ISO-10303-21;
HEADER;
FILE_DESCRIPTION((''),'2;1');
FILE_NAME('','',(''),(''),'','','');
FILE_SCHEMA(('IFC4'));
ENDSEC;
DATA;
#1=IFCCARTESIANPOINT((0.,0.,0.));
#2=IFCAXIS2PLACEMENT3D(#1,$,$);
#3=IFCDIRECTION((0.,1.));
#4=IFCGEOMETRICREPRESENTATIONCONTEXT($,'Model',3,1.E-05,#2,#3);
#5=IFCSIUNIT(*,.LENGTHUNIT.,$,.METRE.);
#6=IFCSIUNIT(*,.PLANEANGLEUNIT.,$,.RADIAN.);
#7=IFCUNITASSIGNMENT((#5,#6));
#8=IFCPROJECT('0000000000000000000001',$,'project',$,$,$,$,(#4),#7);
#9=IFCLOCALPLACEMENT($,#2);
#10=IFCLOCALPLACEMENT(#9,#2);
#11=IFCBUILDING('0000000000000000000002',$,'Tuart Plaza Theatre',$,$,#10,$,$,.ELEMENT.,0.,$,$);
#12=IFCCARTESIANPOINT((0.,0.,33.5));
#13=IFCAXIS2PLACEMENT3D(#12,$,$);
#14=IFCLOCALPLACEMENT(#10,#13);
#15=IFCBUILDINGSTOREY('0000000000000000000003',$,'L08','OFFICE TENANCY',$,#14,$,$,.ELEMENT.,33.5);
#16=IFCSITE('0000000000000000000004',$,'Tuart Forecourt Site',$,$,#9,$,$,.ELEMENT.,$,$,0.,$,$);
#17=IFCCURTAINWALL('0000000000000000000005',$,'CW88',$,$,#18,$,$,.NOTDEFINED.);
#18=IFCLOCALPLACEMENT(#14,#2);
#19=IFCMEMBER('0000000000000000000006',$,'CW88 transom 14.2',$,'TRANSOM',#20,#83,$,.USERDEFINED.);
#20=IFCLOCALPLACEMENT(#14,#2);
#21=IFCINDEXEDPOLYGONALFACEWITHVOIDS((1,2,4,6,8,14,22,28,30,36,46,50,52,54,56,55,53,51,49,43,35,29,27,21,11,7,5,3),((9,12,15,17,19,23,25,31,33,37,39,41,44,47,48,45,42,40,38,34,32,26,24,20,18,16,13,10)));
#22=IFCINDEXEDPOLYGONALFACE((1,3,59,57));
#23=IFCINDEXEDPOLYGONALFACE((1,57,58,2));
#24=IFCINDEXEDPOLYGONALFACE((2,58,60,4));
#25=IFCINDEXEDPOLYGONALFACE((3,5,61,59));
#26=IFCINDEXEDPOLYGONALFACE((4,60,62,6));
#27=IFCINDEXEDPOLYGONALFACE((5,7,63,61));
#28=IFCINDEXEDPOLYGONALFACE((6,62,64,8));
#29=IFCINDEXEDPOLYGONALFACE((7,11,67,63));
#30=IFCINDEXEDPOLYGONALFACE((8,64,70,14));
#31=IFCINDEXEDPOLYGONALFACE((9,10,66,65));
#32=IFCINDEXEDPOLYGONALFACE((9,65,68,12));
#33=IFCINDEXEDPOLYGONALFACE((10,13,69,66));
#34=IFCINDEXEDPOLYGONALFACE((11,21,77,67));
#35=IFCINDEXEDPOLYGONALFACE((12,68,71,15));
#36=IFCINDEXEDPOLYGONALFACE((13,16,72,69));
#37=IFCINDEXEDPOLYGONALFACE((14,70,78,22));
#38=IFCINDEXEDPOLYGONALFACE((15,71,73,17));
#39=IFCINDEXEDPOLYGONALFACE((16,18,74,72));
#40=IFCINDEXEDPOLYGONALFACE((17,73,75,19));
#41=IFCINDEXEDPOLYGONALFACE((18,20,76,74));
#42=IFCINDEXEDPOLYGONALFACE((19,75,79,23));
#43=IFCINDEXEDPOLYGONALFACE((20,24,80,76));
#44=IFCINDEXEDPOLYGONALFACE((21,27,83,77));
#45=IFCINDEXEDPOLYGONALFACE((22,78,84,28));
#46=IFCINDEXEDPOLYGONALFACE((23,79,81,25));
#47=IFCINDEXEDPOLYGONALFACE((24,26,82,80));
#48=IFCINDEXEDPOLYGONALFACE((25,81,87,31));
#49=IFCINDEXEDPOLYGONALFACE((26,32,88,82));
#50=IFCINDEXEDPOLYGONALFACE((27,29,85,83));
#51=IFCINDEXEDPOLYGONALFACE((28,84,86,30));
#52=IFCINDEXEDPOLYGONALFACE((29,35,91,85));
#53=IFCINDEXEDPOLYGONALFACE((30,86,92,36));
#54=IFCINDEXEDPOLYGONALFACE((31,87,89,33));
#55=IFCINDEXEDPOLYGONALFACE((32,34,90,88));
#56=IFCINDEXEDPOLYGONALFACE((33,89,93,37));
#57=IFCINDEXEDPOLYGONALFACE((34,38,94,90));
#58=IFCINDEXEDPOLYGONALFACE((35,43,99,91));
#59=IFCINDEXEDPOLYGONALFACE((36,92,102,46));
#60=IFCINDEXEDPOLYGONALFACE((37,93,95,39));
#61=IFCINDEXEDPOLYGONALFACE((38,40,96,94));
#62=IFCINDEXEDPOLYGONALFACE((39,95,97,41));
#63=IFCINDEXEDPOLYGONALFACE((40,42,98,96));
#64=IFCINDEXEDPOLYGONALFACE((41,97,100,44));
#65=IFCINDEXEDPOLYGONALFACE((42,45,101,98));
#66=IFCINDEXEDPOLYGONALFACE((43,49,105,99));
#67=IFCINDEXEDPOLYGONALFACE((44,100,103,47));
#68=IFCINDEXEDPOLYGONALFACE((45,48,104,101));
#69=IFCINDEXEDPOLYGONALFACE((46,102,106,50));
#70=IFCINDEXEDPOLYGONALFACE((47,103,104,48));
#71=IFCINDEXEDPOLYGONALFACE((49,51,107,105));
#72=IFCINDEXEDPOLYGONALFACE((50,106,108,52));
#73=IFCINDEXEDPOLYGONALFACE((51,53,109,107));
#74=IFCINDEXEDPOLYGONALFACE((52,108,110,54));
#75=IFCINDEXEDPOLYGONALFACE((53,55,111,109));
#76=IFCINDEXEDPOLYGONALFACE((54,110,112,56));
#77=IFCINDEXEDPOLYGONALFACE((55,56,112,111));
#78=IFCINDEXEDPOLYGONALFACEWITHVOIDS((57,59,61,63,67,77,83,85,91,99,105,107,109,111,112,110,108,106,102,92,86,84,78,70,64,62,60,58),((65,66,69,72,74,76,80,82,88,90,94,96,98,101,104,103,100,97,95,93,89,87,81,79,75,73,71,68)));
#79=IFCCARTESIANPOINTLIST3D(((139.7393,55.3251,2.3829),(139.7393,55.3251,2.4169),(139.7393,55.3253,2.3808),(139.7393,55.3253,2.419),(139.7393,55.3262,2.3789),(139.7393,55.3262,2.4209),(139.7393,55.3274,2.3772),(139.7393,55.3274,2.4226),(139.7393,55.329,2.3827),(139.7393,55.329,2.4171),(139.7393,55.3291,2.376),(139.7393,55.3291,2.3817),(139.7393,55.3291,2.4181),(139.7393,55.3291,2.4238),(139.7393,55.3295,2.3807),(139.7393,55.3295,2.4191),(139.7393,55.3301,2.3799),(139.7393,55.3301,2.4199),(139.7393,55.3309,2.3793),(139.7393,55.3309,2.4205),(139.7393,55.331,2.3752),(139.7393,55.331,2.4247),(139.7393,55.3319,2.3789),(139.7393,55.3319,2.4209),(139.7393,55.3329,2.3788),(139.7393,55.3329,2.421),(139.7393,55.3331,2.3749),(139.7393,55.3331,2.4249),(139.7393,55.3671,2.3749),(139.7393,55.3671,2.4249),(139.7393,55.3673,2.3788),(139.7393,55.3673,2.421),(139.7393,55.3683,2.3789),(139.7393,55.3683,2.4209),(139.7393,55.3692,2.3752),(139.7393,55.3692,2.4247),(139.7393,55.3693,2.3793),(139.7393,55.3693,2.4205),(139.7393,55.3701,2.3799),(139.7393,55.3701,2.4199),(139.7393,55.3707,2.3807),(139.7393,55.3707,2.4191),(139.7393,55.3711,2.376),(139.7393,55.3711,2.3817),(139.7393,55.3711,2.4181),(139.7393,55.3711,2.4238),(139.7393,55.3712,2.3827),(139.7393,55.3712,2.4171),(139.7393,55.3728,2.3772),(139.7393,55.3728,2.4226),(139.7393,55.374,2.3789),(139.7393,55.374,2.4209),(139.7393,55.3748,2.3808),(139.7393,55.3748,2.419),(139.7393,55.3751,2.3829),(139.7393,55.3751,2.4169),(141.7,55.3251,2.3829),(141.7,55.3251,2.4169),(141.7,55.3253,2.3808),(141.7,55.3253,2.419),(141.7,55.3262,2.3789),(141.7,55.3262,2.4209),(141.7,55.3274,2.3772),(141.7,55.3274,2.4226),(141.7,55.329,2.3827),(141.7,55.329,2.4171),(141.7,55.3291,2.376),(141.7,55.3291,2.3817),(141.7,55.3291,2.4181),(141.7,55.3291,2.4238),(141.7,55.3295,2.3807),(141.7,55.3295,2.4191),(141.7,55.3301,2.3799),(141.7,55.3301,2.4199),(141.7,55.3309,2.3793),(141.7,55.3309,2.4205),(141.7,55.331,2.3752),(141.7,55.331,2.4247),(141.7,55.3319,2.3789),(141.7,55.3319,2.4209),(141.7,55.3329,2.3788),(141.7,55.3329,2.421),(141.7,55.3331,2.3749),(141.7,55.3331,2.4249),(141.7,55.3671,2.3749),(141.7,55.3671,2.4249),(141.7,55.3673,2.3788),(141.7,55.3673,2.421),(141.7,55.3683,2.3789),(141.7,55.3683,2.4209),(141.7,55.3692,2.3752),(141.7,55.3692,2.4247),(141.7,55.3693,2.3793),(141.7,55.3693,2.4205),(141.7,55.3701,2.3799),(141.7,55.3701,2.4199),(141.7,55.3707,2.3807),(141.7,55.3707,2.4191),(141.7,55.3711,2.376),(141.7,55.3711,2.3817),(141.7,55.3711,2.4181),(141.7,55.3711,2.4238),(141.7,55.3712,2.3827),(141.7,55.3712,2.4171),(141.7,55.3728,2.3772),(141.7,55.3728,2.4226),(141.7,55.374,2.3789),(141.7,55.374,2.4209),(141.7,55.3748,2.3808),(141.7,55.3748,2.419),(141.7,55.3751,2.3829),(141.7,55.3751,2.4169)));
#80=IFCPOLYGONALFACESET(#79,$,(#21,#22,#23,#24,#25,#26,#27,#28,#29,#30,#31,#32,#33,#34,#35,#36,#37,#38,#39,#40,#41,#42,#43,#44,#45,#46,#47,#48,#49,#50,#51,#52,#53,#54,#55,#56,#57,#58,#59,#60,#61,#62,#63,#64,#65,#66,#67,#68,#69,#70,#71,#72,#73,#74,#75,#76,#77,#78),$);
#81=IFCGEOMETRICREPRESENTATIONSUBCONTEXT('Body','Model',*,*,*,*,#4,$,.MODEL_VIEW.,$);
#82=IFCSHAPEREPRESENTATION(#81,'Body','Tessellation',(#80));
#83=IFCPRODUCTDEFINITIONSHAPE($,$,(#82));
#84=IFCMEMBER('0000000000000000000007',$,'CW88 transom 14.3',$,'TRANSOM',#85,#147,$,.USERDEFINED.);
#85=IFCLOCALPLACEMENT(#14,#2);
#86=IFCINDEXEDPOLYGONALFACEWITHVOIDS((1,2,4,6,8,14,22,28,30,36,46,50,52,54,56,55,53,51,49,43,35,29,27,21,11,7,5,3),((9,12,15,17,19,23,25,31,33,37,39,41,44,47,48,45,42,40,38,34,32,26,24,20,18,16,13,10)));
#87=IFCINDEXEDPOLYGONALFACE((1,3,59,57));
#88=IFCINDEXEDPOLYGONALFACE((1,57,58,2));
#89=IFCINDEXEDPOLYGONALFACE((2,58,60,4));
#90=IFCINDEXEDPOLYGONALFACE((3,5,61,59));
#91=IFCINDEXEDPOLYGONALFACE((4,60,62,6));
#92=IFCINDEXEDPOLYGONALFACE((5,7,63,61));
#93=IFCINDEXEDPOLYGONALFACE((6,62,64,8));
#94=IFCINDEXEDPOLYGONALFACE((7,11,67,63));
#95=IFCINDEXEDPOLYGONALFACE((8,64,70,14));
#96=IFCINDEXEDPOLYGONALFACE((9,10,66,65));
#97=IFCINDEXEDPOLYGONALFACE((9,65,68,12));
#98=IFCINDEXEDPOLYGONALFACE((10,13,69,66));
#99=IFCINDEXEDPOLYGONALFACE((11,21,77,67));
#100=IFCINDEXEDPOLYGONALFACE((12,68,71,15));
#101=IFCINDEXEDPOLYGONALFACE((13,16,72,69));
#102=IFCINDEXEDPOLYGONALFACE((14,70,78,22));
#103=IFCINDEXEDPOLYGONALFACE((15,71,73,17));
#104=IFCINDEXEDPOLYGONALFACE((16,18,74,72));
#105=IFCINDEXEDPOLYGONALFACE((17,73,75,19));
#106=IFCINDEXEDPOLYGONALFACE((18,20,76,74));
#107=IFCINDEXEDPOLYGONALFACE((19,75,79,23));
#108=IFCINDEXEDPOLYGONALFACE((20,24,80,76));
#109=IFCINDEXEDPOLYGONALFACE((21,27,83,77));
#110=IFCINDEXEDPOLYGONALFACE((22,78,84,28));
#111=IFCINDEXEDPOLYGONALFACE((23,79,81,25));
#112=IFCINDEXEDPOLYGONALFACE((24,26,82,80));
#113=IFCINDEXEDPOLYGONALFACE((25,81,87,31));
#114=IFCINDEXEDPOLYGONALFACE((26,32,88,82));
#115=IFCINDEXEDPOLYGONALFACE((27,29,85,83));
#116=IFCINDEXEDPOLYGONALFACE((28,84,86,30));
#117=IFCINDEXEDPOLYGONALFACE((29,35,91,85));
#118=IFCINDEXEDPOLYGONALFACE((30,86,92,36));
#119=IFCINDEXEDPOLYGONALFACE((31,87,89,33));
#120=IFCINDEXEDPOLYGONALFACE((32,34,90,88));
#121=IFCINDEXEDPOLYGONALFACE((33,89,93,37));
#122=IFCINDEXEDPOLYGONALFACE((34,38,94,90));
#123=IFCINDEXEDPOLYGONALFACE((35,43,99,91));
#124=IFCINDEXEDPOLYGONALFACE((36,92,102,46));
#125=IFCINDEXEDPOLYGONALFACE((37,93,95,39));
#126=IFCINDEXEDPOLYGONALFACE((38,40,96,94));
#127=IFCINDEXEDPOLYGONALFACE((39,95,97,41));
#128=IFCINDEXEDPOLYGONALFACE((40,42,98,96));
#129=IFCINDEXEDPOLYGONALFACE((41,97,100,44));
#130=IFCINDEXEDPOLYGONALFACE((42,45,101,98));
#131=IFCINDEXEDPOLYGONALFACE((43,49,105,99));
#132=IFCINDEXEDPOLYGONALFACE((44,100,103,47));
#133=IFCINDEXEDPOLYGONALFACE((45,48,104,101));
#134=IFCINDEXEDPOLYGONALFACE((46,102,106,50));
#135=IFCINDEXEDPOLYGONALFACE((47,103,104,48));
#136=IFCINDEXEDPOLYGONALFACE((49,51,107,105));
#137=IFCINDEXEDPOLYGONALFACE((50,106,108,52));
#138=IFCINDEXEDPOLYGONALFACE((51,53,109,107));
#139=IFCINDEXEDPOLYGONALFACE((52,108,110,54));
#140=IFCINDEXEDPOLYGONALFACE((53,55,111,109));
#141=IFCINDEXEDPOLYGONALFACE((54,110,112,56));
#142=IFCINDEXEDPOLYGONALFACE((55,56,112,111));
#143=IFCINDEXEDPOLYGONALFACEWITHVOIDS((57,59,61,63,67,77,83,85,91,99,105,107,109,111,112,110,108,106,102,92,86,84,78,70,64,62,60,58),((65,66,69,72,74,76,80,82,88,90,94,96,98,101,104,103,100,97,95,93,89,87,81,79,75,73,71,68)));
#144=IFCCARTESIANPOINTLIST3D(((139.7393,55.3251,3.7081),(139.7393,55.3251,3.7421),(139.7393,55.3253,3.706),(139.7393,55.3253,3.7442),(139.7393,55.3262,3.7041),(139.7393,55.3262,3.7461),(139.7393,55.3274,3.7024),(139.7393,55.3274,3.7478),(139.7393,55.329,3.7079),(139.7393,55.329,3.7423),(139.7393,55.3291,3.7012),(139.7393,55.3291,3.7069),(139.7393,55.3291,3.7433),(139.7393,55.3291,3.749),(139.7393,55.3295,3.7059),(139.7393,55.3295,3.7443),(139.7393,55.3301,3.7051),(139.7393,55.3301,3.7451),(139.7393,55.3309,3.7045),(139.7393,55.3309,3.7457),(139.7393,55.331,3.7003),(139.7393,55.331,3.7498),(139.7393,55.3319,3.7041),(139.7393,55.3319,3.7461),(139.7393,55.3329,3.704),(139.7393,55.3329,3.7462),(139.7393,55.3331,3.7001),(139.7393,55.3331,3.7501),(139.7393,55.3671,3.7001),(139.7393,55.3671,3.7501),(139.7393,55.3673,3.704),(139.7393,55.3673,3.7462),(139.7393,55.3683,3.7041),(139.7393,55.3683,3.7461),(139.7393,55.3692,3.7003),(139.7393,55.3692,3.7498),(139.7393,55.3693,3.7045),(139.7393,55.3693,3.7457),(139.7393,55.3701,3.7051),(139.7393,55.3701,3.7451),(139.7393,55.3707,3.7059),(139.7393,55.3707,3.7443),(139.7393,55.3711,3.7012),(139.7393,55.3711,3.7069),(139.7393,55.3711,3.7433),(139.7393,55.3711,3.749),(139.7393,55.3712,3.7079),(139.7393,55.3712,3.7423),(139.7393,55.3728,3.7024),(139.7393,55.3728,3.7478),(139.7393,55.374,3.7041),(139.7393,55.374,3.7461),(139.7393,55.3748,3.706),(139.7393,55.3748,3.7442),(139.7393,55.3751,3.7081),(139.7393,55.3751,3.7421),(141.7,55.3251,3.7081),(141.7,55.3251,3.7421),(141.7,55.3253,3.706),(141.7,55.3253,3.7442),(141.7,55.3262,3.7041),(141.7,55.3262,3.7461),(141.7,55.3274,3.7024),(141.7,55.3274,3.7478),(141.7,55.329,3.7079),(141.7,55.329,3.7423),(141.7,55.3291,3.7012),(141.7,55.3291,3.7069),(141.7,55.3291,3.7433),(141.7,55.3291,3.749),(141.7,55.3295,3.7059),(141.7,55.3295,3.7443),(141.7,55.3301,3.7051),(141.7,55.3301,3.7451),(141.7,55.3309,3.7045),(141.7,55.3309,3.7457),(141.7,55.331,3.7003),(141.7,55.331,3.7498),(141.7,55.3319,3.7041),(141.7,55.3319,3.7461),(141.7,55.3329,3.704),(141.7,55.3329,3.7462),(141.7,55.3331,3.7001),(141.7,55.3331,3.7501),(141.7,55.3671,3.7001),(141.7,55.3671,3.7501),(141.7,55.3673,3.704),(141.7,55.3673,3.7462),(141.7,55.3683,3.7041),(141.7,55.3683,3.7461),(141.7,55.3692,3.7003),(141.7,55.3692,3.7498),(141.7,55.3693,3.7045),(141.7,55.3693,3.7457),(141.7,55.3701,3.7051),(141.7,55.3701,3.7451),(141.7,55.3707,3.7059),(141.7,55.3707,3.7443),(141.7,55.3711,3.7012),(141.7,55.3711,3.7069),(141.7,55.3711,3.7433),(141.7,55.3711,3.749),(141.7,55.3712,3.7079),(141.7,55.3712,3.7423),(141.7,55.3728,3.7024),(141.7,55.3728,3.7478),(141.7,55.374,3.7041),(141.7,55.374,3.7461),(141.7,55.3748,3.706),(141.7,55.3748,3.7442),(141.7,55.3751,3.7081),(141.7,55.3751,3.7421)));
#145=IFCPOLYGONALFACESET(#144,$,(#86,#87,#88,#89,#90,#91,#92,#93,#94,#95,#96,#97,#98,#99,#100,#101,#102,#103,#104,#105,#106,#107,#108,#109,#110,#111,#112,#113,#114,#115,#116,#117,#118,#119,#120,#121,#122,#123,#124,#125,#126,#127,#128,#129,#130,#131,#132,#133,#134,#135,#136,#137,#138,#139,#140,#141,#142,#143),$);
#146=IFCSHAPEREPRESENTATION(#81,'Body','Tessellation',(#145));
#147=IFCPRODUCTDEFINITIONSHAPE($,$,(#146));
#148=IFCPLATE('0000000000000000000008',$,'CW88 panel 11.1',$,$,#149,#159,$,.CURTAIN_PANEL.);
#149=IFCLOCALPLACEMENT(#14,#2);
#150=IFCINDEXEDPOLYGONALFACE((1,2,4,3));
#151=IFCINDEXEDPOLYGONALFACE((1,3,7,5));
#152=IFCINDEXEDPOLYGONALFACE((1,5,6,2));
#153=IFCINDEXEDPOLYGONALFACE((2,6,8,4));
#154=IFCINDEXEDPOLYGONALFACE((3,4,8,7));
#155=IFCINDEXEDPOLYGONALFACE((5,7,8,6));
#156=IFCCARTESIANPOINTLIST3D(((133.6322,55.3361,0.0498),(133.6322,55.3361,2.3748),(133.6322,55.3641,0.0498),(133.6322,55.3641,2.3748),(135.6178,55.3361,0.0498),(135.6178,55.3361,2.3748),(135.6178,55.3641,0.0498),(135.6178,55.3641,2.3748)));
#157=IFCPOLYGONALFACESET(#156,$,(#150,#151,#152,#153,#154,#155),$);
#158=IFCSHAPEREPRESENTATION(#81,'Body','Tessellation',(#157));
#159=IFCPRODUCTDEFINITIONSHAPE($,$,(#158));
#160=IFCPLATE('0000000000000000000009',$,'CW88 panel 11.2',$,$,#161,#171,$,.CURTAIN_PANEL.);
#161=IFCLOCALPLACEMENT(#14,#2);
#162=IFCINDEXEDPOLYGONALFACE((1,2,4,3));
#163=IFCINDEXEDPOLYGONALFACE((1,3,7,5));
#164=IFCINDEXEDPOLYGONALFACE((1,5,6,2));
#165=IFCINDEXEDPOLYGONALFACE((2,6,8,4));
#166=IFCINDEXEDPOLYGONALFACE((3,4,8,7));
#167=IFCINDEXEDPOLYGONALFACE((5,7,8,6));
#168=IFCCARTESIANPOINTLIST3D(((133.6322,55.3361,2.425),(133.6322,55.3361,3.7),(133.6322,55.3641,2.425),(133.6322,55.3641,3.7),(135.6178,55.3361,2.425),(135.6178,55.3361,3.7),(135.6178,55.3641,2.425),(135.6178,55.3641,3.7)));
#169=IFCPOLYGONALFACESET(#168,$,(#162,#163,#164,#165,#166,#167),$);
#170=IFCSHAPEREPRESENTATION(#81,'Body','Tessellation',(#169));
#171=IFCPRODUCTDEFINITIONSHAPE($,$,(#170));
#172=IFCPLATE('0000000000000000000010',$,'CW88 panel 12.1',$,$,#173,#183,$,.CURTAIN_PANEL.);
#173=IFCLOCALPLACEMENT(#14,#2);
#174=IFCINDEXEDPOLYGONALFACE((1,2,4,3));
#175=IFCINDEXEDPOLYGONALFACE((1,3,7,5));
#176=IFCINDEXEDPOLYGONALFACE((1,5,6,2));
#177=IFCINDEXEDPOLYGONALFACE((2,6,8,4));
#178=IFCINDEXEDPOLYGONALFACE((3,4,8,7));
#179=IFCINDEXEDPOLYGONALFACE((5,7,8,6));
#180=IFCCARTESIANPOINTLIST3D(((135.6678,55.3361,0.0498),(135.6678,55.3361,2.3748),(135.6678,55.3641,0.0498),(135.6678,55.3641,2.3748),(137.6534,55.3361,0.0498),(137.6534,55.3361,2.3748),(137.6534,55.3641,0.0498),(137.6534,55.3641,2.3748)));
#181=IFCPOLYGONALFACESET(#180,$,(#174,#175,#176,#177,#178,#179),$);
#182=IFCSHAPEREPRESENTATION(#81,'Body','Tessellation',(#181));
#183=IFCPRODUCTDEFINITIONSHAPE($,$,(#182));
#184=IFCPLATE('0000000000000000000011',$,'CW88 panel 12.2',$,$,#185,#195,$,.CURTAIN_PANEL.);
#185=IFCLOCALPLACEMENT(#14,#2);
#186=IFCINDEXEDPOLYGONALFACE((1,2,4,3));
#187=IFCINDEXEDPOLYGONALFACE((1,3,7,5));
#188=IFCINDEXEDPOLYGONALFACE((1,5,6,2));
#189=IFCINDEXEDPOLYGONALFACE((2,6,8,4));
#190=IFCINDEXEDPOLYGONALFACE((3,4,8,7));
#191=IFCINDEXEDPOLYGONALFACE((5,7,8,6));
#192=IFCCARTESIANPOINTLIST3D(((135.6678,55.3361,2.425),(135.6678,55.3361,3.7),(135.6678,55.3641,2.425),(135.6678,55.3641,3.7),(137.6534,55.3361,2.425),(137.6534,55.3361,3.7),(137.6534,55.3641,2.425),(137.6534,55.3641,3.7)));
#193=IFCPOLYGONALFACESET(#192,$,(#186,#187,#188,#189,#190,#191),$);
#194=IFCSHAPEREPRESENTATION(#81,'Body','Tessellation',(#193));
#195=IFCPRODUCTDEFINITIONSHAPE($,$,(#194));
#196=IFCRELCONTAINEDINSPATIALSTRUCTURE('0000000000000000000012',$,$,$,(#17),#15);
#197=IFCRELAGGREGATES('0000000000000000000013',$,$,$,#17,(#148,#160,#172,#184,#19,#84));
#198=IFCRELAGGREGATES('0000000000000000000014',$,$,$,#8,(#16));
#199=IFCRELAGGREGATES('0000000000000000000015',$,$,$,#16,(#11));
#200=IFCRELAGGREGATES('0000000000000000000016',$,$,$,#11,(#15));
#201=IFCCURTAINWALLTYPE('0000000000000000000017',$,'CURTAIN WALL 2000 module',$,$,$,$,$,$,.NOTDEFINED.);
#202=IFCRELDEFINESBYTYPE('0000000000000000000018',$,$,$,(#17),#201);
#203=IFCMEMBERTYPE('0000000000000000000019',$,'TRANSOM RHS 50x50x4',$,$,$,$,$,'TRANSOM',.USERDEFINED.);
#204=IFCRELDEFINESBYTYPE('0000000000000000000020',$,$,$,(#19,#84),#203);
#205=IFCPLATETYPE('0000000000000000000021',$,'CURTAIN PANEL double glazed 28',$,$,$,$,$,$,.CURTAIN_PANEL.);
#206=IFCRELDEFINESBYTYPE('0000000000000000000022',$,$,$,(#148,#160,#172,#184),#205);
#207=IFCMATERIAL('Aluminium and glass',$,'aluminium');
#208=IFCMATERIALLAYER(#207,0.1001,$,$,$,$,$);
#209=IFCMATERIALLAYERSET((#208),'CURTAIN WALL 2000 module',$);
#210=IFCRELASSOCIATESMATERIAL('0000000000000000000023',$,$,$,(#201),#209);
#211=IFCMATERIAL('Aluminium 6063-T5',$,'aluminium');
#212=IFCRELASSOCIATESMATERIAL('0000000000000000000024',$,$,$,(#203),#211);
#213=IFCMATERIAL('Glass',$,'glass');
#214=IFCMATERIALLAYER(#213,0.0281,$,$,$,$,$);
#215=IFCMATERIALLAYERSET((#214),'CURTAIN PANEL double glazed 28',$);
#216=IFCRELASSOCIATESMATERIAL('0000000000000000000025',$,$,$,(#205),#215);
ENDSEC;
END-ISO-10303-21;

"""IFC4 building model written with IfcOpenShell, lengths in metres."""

from ifc_helpers import new_model, si_unit, direction, frame, origin, origin_2d, place, context, subcontext, project, spatial, rectangle, hollow_rectangle, extrude, material, layer, layer_set, material_profile, profile_set, type_object, element, aggregate, save


model = new_model("IFC4")

# Units and contexts
model_context = context("Model", 3, precision=1e-05, world=origin(), true_north=direction((0.0, 1.0)))
body_context = subcontext(model_context, "Body", "Model", "MODEL_VIEW")
ifc_project = project(units=[si_unit("LENGTHUNIT", "METRE"), si_unit("PLANEANGLEUNIT", "RADIAN")], contexts=[model_context])

# Site, building, storey
site_placement = place(None, origin())
site = spatial("IfcSite", under=ifc_project, at=site_placement, Name="Tuart Forecourt Site", CompositionType="ELEMENT", RefElevation=0.0)
building_placement = place(site_placement, origin())
building = spatial("IfcBuilding", under=site, at=building_placement, Name="Tuart Plaza Theatre", CompositionType="ELEMENT", ElevationOfRefHeight=0.0)
storey_placement = place(building_placement, frame((0.0, 0.0, 33.5)))
storey = spatial("IfcBuildingStorey", under=building, at=storey_placement, Name="L08", Description="OFFICE TENANCY", CompositionType="ELEMENT", Elevation=33.5)

# Curtain wall, members, plates
ifc_material_1 = material(Name="Aluminium and glass", Category="aluminium")
ifc_layer_1 = layer(ifc_material_1, 0.1001)
ifc_layer_set_1 = layer_set([ifc_layer_1], Name="CURTAIN WALL 2000 module")
curtain_wall_type = type_object("IfcCurtainWallType", Name="CURTAIN WALL 2000 module", PredefinedType="NOTDEFINED", material=ifc_layer_set_1)
curtain_wall_placement = place(storey_placement, origin())
curtain_wall = element("IfcCurtainWall", 1, at=curtain_wall_placement, inside=storey, type_object=curtain_wall_type, Name="CW88", PredefinedType="NOTDEFINED")
ifc_material_2 = material(Name="Aluminium 6063-T5", Category="aluminium")
ifc_material_profile_1 = material_profile(ifc_material_2, hollow_rectangle(XDim=0.05, YDim=0.05, WallThickness=0.0039, InnerFilletRadius=0.0039, OuterFilletRadius=0.0081, at=origin_2d()), Name="RHS 50x50x4")
ifc_profile_set_1 = profile_set([ifc_material_profile_1], Name="Aluminium 6063-T5")
member_type_1 = type_object("IfcMemberType", Name="TRANSOM RHS 50x50x4", ElementType="TRANSOM", PredefinedType="USERDEFINED", material=ifc_profile_set_1)
member_1_placement = place(storey_placement, frame((139.7393, 55.3501, 2.3999), z_axis=(1.0, 0.0, 0.0), x_axis=(0.0, 1.0, 0.0)))
member_1 = element("IfcMember", 2, at=member_1_placement, type_object=member_type_1, Name="CW88 transom 14.2", ObjectType="TRANSOM", PredefinedType="USERDEFINED", context=body_context, shape_type="SweptSolid", body=[
    extrude(hollow_rectangle(XDim=0.05, YDim=0.05, WallThickness=0.0039, InnerFilletRadius=0.0039, OuterFilletRadius=0.0081, at=origin_2d()), origin(), (0.0, 0.0, 1.0), 1.9607),
])
member_2_placement = place(storey_placement, frame((139.7393, 55.3501, 3.7251), z_axis=(1.0, 0.0, 0.0), x_axis=(0.0, 1.0, 0.0)))
member_2 = element("IfcMember", 3, at=member_2_placement, type_object=member_type_1, Name="CW88 transom 14.3", ObjectType="TRANSOM", PredefinedType="USERDEFINED", context=body_context, shape_type="SweptSolid", body=[
    extrude(hollow_rectangle(XDim=0.05, YDim=0.05, WallThickness=0.0039, InnerFilletRadius=0.0039, OuterFilletRadius=0.0081, at=origin_2d()), origin(), (0.0, 0.0, 1.0), 1.9607),
])
ifc_material_3 = material(Name="Glass", Category="glass")
ifc_layer_2 = layer(ifc_material_3, 0.0281)
ifc_layer_set_2 = layer_set([ifc_layer_2], Name="CURTAIN PANEL double glazed 28")
plate_type_1 = type_object("IfcPlateType", Name="CURTAIN PANEL double glazed 28", PredefinedType="CURTAIN_PANEL", material=ifc_layer_set_2)
plate_1_placement = place(storey_placement, frame((134.625, 55.3501, 0.0498), z_axis=(0.0, 0.0, 1.0), x_axis=(1.0, 0.0, 0.0)))
plate_1 = element("IfcPlate", 4, at=plate_1_placement, type_object=plate_type_1, Name="CW88 panel 11.1", PredefinedType="CURTAIN_PANEL", context=body_context, shape_type="SweptSolid", body=[
    extrude(rectangle(XDim=1.9856, YDim=0.0281, at=origin_2d()), origin(), (0.0, 0.0, 1.0), 2.325),
])
plate_2_placement = place(storey_placement, frame((134.625, 55.3501, 2.425), z_axis=(0.0, 0.0, 1.0), x_axis=(1.0, 0.0, 0.0)))
plate_2 = element("IfcPlate", 5, at=plate_2_placement, type_object=plate_type_1, Name="CW88 panel 11.2", PredefinedType="CURTAIN_PANEL", context=body_context, shape_type="SweptSolid", body=[
    extrude(rectangle(XDim=1.9856, YDim=0.0281, at=origin_2d()), origin(), (0.0, 0.0, 1.0), 1.2749),
])
plate_3_placement = place(storey_placement, frame((136.6606, 55.3501, 0.0498), z_axis=(0.0, 0.0, 1.0), x_axis=(1.0, 0.0, 0.0)))
plate_3 = element("IfcPlate", 6, at=plate_3_placement, type_object=plate_type_1, Name="CW88 panel 12.1", PredefinedType="CURTAIN_PANEL", context=body_context, shape_type="SweptSolid", body=[
    extrude(rectangle(XDim=1.9856, YDim=0.0281, at=origin_2d()), origin(), (0.0, 0.0, 1.0), 2.325),
])
plate_4_placement = place(storey_placement, frame((136.6606, 55.3501, 2.425), z_axis=(0.0, 0.0, 1.0), x_axis=(1.0, 0.0, 0.0)))
plate_4 = element("IfcPlate", 7, at=plate_4_placement, type_object=plate_type_1, Name="CW88 panel 12.2", PredefinedType="CURTAIN_PANEL", context=body_context, shape_type="SweptSolid", body=[
    extrude(rectangle(XDim=1.9856, YDim=0.0281, at=origin_2d()), origin(), (0.0, 0.0, 1.0), 1.2749),
])
aggregate(curtain_wall, [plate_1, plate_2, plate_3, plate_4, member_1, member_2])

save(model, "model.ifc")
